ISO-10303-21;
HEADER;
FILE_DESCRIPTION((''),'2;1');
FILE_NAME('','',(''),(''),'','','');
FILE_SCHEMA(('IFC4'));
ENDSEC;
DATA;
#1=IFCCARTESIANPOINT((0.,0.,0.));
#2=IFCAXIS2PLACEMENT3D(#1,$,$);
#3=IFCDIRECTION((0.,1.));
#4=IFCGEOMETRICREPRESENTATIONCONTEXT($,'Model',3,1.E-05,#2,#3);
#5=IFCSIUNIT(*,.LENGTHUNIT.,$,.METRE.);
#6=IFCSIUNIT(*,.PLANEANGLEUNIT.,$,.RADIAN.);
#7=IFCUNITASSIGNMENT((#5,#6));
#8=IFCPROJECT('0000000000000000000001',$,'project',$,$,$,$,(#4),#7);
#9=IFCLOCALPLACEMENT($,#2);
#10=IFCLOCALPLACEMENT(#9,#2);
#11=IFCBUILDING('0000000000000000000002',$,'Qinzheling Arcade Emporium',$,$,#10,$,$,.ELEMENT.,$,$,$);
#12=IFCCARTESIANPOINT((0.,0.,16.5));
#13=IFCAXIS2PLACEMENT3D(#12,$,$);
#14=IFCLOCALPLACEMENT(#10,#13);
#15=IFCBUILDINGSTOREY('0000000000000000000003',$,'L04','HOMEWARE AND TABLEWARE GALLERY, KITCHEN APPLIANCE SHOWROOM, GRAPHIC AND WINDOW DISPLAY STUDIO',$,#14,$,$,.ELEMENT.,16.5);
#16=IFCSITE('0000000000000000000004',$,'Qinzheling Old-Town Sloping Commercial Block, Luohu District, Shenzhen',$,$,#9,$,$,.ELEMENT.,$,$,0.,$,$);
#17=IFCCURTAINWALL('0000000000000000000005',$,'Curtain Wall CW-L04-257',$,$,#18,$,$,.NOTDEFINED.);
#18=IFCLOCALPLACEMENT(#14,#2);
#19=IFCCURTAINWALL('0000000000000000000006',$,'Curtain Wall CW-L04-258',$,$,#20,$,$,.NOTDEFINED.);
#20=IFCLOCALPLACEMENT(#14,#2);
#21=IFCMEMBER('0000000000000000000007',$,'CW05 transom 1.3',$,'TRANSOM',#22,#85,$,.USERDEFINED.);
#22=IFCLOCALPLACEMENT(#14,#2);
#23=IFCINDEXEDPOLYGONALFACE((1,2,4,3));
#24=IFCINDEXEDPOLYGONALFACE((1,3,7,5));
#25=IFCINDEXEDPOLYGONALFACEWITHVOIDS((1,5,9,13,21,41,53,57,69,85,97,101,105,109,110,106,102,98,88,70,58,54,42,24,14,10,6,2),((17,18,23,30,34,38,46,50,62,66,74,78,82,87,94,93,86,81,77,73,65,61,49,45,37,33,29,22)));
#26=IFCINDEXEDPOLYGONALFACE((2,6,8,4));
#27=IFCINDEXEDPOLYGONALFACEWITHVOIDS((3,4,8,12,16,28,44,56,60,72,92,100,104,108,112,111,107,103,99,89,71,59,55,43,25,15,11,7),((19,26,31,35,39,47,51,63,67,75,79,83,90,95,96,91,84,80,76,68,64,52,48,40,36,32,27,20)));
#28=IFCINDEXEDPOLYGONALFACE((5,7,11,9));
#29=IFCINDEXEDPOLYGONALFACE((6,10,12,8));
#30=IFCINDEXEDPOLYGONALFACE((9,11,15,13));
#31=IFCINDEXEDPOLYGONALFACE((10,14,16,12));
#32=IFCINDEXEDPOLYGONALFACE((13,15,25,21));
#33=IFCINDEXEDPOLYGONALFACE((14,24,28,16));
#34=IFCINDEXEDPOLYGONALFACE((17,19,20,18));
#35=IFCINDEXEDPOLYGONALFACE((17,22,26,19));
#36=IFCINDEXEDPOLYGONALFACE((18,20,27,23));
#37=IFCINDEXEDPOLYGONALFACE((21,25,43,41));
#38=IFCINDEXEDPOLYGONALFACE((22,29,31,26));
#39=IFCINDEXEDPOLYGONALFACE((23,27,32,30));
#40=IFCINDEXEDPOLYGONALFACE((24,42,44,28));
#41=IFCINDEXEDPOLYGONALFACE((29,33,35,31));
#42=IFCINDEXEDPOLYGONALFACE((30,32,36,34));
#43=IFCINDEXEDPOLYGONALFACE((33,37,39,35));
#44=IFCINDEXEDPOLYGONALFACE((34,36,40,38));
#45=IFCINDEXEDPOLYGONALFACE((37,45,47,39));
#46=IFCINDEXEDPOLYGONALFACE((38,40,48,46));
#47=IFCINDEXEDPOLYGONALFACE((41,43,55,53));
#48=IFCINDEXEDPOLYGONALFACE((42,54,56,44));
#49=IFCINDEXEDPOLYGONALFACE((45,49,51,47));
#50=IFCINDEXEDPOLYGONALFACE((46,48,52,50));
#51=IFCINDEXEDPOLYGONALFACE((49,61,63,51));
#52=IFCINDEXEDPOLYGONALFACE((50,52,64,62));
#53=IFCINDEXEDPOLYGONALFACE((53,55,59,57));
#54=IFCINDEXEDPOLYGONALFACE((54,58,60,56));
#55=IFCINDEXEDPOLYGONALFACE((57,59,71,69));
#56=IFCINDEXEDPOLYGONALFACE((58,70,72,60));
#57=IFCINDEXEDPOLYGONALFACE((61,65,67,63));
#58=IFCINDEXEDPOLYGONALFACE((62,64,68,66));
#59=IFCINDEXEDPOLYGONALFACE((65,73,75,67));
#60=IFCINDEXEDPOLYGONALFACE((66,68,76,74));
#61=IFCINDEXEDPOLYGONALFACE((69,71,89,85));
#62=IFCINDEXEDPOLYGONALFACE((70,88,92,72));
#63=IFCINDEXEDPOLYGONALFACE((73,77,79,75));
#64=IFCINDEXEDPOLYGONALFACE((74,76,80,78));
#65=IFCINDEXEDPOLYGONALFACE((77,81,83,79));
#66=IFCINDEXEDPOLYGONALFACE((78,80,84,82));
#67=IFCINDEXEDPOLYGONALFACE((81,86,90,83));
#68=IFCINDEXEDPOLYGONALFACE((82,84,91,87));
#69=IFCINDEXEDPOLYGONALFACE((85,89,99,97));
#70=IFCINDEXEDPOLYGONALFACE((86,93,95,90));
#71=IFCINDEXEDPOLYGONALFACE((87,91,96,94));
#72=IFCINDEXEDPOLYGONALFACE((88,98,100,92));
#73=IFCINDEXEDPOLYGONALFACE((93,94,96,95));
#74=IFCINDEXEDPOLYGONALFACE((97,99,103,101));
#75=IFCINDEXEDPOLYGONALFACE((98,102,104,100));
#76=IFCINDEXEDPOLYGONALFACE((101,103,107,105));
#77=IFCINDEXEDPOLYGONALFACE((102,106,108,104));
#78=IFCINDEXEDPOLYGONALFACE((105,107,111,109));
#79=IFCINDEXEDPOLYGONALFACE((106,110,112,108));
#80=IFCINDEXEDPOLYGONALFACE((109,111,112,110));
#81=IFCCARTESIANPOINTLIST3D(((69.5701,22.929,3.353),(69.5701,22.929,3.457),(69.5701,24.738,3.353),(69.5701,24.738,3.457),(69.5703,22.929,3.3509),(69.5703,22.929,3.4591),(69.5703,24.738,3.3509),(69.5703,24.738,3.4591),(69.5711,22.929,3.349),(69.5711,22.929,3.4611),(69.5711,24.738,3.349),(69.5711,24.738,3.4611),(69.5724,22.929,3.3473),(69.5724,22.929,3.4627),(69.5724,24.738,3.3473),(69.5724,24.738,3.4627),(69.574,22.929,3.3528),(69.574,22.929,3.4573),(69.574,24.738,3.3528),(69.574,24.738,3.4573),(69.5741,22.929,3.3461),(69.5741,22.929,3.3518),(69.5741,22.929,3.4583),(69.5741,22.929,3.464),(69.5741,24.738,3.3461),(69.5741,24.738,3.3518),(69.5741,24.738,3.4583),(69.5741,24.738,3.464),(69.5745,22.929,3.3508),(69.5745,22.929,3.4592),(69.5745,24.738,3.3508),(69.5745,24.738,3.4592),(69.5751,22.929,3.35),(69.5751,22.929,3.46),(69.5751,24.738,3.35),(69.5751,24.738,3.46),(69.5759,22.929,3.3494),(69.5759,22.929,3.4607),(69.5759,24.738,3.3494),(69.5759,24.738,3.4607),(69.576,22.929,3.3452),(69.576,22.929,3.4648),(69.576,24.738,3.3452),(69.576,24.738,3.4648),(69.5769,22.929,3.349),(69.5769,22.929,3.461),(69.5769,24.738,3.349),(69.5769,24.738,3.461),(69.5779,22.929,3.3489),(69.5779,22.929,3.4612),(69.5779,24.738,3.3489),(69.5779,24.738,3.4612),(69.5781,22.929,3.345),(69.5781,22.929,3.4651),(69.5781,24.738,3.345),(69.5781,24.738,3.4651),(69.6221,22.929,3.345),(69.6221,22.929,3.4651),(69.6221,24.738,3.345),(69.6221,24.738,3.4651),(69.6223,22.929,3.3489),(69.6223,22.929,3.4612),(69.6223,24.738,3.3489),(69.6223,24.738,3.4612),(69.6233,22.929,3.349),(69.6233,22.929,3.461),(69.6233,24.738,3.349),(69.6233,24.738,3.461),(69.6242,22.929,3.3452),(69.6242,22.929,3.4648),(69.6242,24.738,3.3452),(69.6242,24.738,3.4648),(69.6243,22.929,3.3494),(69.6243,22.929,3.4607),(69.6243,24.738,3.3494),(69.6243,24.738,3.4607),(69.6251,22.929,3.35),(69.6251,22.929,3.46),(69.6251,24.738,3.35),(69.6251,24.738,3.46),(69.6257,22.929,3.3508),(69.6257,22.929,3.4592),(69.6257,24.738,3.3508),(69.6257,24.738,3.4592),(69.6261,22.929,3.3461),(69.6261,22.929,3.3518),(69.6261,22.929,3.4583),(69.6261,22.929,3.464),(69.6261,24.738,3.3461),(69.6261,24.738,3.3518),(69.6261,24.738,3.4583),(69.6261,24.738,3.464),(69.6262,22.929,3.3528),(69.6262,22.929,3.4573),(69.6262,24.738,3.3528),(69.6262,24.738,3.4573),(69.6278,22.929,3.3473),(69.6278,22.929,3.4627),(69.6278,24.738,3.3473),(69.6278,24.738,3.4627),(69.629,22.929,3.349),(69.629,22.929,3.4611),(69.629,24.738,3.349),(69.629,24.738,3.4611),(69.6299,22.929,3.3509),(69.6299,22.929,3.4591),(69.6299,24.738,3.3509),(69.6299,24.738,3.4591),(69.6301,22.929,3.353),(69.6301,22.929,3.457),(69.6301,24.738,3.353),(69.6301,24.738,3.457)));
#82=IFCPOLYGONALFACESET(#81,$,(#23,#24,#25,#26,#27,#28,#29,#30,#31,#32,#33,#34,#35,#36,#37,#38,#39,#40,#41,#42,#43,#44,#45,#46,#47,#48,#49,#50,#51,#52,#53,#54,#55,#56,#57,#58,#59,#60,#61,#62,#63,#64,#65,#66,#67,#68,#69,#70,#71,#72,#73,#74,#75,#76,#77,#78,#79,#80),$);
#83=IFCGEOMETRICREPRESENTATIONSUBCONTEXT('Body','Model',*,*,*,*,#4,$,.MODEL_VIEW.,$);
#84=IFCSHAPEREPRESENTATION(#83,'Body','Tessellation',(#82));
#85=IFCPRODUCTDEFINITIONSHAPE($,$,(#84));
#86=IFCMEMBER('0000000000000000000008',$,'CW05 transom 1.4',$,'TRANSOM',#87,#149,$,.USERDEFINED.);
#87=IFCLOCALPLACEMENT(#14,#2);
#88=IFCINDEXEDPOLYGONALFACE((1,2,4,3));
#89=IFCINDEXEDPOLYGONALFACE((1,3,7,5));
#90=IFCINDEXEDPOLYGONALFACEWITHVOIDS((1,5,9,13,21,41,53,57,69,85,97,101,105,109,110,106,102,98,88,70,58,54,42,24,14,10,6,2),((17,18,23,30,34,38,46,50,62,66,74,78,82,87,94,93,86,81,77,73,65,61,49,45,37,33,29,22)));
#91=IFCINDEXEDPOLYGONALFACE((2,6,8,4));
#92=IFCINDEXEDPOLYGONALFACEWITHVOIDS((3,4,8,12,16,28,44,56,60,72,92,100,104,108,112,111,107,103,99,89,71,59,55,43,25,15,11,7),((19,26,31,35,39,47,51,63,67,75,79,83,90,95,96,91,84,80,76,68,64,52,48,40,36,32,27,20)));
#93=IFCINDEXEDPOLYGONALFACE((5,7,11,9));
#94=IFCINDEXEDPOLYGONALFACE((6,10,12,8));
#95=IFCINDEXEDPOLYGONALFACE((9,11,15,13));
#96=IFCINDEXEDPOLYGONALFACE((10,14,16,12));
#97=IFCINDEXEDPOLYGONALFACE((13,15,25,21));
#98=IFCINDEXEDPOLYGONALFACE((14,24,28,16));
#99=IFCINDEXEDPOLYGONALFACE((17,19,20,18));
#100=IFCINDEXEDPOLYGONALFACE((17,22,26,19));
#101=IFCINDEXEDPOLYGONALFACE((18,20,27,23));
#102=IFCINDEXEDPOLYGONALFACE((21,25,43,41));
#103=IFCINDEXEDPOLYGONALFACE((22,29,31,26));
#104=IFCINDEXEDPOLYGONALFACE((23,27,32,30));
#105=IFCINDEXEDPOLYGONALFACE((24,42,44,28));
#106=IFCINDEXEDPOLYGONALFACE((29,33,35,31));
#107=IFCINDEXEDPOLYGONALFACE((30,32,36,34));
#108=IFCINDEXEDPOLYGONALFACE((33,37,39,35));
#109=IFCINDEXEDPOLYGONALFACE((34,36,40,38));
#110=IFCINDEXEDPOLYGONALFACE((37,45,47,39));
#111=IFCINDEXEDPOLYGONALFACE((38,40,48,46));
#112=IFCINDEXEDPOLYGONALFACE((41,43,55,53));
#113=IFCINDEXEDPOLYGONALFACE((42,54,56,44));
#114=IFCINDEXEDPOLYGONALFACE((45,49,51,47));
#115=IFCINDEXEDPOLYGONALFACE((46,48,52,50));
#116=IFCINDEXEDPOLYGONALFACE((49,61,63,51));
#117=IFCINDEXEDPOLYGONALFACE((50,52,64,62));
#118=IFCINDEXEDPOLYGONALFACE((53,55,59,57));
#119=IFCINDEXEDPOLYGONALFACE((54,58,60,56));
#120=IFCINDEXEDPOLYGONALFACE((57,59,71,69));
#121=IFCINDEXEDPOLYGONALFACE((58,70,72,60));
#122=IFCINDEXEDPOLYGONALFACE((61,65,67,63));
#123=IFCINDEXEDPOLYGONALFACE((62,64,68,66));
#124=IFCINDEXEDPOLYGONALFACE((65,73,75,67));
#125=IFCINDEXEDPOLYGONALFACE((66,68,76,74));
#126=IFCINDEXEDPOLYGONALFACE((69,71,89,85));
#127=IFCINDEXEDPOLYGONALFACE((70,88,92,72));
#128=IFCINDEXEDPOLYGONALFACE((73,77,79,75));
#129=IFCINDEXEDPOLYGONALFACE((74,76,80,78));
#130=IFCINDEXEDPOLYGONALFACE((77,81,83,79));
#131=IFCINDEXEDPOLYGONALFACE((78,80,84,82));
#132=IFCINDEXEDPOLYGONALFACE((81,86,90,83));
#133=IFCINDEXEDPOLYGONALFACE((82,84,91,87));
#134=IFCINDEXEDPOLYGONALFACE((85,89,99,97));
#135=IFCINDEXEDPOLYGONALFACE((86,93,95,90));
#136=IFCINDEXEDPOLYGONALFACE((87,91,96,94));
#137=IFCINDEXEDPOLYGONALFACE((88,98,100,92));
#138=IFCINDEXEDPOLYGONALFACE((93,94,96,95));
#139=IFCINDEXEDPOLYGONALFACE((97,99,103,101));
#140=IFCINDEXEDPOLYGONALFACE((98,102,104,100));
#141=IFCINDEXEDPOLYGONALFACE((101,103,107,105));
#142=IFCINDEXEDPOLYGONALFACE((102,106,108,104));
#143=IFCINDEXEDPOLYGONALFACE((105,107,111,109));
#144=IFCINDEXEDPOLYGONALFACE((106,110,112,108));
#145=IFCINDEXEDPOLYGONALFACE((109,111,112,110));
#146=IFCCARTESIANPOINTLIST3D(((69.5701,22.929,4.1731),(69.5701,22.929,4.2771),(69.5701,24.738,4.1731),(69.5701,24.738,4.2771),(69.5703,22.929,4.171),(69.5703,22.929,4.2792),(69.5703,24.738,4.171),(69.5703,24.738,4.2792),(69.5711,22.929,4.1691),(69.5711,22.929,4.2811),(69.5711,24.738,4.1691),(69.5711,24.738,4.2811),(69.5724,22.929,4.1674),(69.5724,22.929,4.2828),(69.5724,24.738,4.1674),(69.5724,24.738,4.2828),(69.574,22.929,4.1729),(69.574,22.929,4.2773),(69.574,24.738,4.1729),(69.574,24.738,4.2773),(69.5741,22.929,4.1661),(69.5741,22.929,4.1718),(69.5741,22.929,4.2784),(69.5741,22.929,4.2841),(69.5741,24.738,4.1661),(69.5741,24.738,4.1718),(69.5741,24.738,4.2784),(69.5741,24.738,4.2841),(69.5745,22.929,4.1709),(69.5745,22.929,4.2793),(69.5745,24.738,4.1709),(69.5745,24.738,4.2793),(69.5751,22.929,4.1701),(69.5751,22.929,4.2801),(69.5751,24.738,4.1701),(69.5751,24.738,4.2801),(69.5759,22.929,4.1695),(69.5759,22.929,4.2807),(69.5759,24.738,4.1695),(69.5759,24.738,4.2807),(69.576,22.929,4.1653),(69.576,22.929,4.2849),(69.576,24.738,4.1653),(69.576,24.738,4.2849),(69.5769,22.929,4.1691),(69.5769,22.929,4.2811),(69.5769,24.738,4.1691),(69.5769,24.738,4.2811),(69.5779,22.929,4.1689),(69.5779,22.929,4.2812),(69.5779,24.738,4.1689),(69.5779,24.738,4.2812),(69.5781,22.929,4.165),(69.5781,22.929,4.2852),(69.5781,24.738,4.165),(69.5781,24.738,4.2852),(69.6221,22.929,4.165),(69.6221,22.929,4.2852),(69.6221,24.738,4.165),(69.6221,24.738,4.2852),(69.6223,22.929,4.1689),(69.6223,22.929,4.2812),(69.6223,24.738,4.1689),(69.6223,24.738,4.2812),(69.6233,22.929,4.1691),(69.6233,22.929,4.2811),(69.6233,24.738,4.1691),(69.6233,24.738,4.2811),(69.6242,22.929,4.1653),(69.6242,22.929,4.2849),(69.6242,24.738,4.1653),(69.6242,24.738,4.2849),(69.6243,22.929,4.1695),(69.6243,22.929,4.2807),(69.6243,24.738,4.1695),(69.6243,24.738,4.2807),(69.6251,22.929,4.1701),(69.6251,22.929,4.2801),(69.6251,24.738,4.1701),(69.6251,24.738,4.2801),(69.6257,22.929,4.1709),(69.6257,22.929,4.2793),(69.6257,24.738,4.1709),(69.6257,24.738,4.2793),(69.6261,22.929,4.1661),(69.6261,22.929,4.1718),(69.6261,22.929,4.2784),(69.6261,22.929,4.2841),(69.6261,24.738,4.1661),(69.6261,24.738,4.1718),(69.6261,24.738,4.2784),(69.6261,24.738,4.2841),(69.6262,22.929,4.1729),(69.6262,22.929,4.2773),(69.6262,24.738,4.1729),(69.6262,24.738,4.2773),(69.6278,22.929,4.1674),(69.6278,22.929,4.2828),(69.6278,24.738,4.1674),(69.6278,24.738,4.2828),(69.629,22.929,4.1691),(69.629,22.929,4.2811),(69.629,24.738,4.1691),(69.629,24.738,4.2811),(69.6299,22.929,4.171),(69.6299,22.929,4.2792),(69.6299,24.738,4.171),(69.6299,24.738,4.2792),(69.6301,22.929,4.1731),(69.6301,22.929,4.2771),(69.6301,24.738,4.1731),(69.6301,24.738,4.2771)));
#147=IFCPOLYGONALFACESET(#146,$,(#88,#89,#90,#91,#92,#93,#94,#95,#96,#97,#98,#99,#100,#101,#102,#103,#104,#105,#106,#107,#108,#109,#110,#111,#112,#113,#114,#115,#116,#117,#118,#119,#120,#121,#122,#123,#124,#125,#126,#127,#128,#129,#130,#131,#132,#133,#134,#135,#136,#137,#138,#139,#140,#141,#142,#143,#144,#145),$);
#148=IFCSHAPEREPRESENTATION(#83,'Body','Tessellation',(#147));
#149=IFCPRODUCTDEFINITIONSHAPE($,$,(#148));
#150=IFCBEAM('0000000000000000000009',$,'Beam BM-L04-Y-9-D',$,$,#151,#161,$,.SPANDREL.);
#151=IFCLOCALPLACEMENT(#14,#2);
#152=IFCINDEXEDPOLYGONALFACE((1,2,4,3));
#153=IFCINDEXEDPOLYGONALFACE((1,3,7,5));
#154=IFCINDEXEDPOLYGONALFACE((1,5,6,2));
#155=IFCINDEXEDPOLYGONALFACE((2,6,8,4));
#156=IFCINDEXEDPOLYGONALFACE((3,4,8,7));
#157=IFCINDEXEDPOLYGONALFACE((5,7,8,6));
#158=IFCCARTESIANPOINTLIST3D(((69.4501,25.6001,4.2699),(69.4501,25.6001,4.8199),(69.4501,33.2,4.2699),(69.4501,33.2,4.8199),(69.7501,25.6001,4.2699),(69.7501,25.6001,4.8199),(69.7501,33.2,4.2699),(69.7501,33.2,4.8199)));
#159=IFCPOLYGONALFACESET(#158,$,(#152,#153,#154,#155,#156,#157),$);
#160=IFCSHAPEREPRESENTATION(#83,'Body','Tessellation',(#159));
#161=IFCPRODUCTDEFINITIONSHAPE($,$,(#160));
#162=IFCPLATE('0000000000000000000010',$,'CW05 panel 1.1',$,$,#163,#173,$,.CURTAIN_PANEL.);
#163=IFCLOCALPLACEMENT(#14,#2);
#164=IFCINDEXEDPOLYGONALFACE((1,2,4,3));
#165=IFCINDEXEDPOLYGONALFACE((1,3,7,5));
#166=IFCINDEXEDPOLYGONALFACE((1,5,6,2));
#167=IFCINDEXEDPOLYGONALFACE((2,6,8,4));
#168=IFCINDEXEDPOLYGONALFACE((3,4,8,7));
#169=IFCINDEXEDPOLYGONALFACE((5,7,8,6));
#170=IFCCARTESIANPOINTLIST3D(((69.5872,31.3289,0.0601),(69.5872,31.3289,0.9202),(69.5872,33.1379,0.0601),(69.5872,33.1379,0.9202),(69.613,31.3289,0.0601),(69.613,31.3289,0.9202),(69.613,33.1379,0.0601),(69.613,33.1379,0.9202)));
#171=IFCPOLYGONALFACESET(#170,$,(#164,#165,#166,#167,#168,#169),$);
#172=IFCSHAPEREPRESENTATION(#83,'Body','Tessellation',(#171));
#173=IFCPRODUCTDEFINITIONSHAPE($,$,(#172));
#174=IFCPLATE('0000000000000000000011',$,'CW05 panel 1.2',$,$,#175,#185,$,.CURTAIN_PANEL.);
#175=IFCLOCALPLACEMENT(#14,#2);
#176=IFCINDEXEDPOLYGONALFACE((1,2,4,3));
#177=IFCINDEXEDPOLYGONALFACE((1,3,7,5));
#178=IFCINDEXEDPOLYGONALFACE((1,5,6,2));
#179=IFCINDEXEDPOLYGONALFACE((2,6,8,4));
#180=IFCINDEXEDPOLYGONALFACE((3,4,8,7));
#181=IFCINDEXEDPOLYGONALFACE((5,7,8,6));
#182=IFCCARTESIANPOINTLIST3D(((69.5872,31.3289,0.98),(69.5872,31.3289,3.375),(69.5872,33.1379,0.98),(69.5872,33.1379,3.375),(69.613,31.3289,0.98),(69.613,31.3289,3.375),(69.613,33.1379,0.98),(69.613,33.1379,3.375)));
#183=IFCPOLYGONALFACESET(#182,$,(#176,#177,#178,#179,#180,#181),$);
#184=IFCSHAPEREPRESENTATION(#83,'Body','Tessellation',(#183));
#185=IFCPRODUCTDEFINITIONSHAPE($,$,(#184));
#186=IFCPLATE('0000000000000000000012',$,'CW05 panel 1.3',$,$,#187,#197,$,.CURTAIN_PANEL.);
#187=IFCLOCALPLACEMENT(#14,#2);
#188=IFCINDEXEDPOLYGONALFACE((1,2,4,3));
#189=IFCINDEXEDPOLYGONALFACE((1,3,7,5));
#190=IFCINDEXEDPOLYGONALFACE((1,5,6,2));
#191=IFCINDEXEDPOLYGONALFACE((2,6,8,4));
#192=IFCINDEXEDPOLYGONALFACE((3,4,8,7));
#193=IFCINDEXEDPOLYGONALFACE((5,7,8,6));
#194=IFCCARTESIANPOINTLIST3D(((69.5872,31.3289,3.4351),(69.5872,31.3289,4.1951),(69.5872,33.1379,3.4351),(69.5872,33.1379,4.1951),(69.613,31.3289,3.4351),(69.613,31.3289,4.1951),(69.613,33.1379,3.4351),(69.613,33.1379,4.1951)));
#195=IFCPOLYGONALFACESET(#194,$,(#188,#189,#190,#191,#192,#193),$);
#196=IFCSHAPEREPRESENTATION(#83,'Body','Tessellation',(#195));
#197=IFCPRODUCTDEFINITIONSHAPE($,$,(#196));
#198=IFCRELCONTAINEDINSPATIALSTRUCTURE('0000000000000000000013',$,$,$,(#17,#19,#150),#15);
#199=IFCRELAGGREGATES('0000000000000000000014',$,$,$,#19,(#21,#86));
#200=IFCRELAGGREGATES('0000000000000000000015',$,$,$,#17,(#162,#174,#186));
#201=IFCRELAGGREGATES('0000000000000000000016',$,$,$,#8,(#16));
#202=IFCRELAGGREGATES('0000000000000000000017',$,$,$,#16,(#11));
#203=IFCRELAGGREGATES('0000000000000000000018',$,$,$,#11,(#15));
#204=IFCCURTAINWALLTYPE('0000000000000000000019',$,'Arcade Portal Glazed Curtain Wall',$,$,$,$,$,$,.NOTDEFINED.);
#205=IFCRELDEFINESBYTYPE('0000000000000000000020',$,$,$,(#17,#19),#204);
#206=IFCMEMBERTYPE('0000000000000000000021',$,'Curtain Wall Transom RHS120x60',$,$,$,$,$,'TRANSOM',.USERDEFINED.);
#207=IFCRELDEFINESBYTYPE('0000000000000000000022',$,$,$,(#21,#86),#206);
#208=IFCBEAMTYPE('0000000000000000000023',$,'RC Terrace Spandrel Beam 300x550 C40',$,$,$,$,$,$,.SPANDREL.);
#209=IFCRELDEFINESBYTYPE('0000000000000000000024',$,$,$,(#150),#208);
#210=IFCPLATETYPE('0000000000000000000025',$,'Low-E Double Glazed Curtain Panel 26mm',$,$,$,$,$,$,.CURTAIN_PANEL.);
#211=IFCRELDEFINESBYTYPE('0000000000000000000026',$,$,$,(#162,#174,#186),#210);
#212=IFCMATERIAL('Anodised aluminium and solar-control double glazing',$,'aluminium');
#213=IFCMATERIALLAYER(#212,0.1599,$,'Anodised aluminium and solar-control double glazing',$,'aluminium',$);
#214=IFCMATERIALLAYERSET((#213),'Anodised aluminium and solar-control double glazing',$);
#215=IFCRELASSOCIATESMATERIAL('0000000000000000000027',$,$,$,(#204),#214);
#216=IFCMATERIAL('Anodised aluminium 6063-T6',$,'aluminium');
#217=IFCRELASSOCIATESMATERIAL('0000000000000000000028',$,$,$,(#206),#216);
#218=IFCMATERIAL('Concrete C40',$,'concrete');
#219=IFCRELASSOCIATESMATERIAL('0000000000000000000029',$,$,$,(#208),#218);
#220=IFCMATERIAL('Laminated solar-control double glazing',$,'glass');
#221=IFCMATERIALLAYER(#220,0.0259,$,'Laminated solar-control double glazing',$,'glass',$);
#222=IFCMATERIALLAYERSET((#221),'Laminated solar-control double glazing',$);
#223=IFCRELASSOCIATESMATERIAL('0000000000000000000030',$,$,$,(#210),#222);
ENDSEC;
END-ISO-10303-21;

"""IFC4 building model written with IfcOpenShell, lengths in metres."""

from ifc_helpers import new_model, si_unit, direction, frame, origin, origin_2d, place, context, subcontext, project, spatial, rectangle, hollow_rectangle, extrude, material, layer, layer_set, material_profile, profile_set, type_object, element, aggregate, save


model = new_model("IFC4")

# Units and contexts
model_context = context("Model", 3, precision=1e-05, world=origin(), true_north=direction((0.0, 1.0)))
body_context = subcontext(model_context, "Body", "Model", "MODEL_VIEW")
ifc_project = project(units=[si_unit("LENGTHUNIT", "METRE"), si_unit("PLANEANGLEUNIT", "RADIAN")], contexts=[model_context])

# Site, building, storey
site_placement = place(None, origin())
site = spatial("IfcSite", under=ifc_project, at=site_placement, Name="Qinzheling Old-Town Sloping Commercial Block, Luohu District, Shenzhen", CompositionType="ELEMENT", RefElevation=0.0)
building_placement = place(site_placement, origin())
building = spatial("IfcBuilding", under=site, at=building_placement, Name="Qinzheling Arcade Emporium", CompositionType="ELEMENT")
storey_placement = place(building_placement, frame((0.0, 0.0, 16.5)))
storey = spatial("IfcBuildingStorey", under=building, at=storey_placement, Name="L04", Description="HOMEWARE AND TABLEWARE GALLERY, KITCHEN APPLIANCE SHOWROOM, GRAPHIC AND WINDOW DISPLAY STUDIO", CompositionType="ELEMENT", Elevation=16.5)

# Shared definitions
ifc_material_1 = material(Name="Concrete C40", Category="concrete")

# Curtain wall
ifc_material_2 = material(Name="Anodised aluminium and solar-control double glazing", Category="aluminium")
ifc_layer_1 = layer(ifc_material_2, 0.1599, Name="Anodised aluminium and solar-control double glazing", Category="aluminium")
ifc_layer_set_1 = layer_set([ifc_layer_1], Name="Anodised aluminium and solar-control double glazing")
curtain_wall_type = type_object("IfcCurtainWallType", Name="Arcade Portal Glazed Curtain Wall", PredefinedType="NOTDEFINED", material=ifc_layer_set_1)
curtain_wall_1_placement = place(storey_placement, origin())
curtain_wall_1 = element("IfcCurtainWall", 1, at=curtain_wall_1_placement, inside=storey, type_object=curtain_wall_type, Name="Curtain Wall CW-L04-257", PredefinedType="NOTDEFINED")
ifc_material_3 = material(Name="Anodised aluminium 6063-T6", Category="aluminium")

# Curtain wall
curtain_wall_2_placement = place(storey_placement, origin())
curtain_wall_2 = element("IfcCurtainWall", 2, at=curtain_wall_2_placement, inside=storey, type_object=curtain_wall_type, Name="Curtain Wall CW-L04-258", PredefinedType="NOTDEFINED")

# Members
ifc_material_profile_1 = material_profile(ifc_material_3, hollow_rectangle(XDim=0.0601, YDim=0.1201, WallThickness=0.0039, InnerFilletRadius=0.0039, OuterFilletRadius=0.0081, at=origin_2d()), Name="RHS 120x60x4", Category="aluminium")
ifc_profile_set_1 = profile_set([ifc_material_profile_1], Name="Anodised aluminium 6063-T6")
member_type_1 = type_object("IfcMemberType", Name="Curtain Wall Transom RHS120x60", ElementType="TRANSOM", PredefinedType="USERDEFINED", material=ifc_profile_set_1)
member_1_placement = place(storey_placement, frame((69.6001, 24.738, 3.405), z_axis=(0.0, -1.0, 0.0), x_axis=(1.0, 0.0, 0.0)))
member_1 = element("IfcMember", 3, at=member_1_placement, type_object=member_type_1, Name="CW05 transom 1.3", ObjectType="TRANSOM", PredefinedType="USERDEFINED", context=body_context, shape_type="SweptSolid", body=[
    extrude(hollow_rectangle(XDim=0.0601, YDim=0.1201, WallThickness=0.0039, InnerFilletRadius=0.0039, OuterFilletRadius=0.0081, at=origin_2d()), origin(), (0.0, 0.0, 1.0), 1.8091),
])
member_2_placement = place(storey_placement, frame((69.6001, 24.738, 4.2251), z_axis=(0.0, -1.0, 0.0), x_axis=(1.0, 0.0, 0.0)))
member_2 = element("IfcMember", 4, at=member_2_placement, type_object=member_type_1, Name="CW05 transom 1.4", ObjectType="TRANSOM", PredefinedType="USERDEFINED", context=body_context, shape_type="SweptSolid", body=[
    extrude(hollow_rectangle(XDim=0.0601, YDim=0.1201, WallThickness=0.0039, InnerFilletRadius=0.0039, OuterFilletRadius=0.0081, at=origin_2d()), origin(), (0.0, 0.0, 1.0), 1.8091),
])
aggregate(curtain_wall_2, [member_1, member_2])

# Beam
ifc_material_profile_2 = material_profile(ifc_material_1, rectangle(XDim=0.3, YDim=0.55, at=origin_2d()), Name="RC 300x550", Category="concrete")
ifc_profile_set_2 = profile_set([ifc_material_profile_2], Name="Concrete C40")
beam_type = type_object("IfcBeamType", Name="RC Terrace Spandrel Beam 300x550 C40", PredefinedType="SPANDREL", material=ifc_profile_set_2)
beam_placement = place(storey_placement, frame((69.6001, 25.6001, 4.5449), z_axis=(0.0, 1.0, 0.0), x_axis=(-1.0, 0.0, 0.0)))
element("IfcBeam", 5, at=beam_placement, inside=storey, type_object=beam_type, Name="Beam BM-L04-Y-9-D", PredefinedType="SPANDREL", context=body_context, shape_type="SweptSolid", body=[
    extrude(rectangle(XDim=0.3, YDim=0.55, at=origin_2d()), origin(), (0.0, 0.0, 1.0), 7.5999),
])

# Plates
ifc_material_4 = material(Name="Laminated solar-control double glazing", Category="glass")
ifc_layer_2 = layer(ifc_material_4, 0.0259, Name="Laminated solar-control double glazing", Category="glass")
ifc_layer_set_2 = layer_set([ifc_layer_2], Name="Laminated solar-control double glazing")
plate_type = type_object("IfcPlateType", Name="Low-E Double Glazed Curtain Panel 26mm", PredefinedType="CURTAIN_PANEL", material=ifc_layer_set_2)
plate_1_placement = place(storey_placement, frame((69.6001, 32.2334, 0.0601), z_axis=(0.0, 0.0, 1.0), x_axis=(0.0, -1.0, 0.0)))
plate_1 = element("IfcPlate", 6, at=plate_1_placement, type_object=plate_type, Name="CW05 panel 1.1", PredefinedType="CURTAIN_PANEL", context=body_context, shape_type="SweptSolid", body=[
    extrude(rectangle(XDim=1.8091, YDim=0.0259, at=origin_2d()), origin(), (0.0, 0.0, 1.0), 0.8601),
])
plate_2_placement = place(storey_placement, frame((69.6001, 32.2334, 0.98), z_axis=(0.0, 0.0, 1.0), x_axis=(0.0, -1.0, 0.0)))
plate_2 = element("IfcPlate", 7, at=plate_2_placement, type_object=plate_type, Name="CW05 panel 1.2", PredefinedType="CURTAIN_PANEL", context=body_context, shape_type="SweptSolid", body=[
    extrude(rectangle(XDim=1.8091, YDim=0.0259, at=origin_2d()), origin(), (0.0, 0.0, 1.0), 2.395),
])
plate_3_placement = place(storey_placement, frame((69.6001, 32.2334, 3.4351), z_axis=(0.0, 0.0, 1.0), x_axis=(0.0, -1.0, 0.0)))
plate_3 = element("IfcPlate", 8, at=plate_3_placement, type_object=plate_type, Name="CW05 panel 1.3", PredefinedType="CURTAIN_PANEL", context=body_context, shape_type="SweptSolid", body=[
    extrude(rectangle(XDim=1.8091, YDim=0.0259, at=origin_2d()), origin(), (0.0, 0.0, 1.0), 0.76),
])
aggregate(curtain_wall_1, [plate_1, plate_2, plate_3])

save(model, "model.ifc")
